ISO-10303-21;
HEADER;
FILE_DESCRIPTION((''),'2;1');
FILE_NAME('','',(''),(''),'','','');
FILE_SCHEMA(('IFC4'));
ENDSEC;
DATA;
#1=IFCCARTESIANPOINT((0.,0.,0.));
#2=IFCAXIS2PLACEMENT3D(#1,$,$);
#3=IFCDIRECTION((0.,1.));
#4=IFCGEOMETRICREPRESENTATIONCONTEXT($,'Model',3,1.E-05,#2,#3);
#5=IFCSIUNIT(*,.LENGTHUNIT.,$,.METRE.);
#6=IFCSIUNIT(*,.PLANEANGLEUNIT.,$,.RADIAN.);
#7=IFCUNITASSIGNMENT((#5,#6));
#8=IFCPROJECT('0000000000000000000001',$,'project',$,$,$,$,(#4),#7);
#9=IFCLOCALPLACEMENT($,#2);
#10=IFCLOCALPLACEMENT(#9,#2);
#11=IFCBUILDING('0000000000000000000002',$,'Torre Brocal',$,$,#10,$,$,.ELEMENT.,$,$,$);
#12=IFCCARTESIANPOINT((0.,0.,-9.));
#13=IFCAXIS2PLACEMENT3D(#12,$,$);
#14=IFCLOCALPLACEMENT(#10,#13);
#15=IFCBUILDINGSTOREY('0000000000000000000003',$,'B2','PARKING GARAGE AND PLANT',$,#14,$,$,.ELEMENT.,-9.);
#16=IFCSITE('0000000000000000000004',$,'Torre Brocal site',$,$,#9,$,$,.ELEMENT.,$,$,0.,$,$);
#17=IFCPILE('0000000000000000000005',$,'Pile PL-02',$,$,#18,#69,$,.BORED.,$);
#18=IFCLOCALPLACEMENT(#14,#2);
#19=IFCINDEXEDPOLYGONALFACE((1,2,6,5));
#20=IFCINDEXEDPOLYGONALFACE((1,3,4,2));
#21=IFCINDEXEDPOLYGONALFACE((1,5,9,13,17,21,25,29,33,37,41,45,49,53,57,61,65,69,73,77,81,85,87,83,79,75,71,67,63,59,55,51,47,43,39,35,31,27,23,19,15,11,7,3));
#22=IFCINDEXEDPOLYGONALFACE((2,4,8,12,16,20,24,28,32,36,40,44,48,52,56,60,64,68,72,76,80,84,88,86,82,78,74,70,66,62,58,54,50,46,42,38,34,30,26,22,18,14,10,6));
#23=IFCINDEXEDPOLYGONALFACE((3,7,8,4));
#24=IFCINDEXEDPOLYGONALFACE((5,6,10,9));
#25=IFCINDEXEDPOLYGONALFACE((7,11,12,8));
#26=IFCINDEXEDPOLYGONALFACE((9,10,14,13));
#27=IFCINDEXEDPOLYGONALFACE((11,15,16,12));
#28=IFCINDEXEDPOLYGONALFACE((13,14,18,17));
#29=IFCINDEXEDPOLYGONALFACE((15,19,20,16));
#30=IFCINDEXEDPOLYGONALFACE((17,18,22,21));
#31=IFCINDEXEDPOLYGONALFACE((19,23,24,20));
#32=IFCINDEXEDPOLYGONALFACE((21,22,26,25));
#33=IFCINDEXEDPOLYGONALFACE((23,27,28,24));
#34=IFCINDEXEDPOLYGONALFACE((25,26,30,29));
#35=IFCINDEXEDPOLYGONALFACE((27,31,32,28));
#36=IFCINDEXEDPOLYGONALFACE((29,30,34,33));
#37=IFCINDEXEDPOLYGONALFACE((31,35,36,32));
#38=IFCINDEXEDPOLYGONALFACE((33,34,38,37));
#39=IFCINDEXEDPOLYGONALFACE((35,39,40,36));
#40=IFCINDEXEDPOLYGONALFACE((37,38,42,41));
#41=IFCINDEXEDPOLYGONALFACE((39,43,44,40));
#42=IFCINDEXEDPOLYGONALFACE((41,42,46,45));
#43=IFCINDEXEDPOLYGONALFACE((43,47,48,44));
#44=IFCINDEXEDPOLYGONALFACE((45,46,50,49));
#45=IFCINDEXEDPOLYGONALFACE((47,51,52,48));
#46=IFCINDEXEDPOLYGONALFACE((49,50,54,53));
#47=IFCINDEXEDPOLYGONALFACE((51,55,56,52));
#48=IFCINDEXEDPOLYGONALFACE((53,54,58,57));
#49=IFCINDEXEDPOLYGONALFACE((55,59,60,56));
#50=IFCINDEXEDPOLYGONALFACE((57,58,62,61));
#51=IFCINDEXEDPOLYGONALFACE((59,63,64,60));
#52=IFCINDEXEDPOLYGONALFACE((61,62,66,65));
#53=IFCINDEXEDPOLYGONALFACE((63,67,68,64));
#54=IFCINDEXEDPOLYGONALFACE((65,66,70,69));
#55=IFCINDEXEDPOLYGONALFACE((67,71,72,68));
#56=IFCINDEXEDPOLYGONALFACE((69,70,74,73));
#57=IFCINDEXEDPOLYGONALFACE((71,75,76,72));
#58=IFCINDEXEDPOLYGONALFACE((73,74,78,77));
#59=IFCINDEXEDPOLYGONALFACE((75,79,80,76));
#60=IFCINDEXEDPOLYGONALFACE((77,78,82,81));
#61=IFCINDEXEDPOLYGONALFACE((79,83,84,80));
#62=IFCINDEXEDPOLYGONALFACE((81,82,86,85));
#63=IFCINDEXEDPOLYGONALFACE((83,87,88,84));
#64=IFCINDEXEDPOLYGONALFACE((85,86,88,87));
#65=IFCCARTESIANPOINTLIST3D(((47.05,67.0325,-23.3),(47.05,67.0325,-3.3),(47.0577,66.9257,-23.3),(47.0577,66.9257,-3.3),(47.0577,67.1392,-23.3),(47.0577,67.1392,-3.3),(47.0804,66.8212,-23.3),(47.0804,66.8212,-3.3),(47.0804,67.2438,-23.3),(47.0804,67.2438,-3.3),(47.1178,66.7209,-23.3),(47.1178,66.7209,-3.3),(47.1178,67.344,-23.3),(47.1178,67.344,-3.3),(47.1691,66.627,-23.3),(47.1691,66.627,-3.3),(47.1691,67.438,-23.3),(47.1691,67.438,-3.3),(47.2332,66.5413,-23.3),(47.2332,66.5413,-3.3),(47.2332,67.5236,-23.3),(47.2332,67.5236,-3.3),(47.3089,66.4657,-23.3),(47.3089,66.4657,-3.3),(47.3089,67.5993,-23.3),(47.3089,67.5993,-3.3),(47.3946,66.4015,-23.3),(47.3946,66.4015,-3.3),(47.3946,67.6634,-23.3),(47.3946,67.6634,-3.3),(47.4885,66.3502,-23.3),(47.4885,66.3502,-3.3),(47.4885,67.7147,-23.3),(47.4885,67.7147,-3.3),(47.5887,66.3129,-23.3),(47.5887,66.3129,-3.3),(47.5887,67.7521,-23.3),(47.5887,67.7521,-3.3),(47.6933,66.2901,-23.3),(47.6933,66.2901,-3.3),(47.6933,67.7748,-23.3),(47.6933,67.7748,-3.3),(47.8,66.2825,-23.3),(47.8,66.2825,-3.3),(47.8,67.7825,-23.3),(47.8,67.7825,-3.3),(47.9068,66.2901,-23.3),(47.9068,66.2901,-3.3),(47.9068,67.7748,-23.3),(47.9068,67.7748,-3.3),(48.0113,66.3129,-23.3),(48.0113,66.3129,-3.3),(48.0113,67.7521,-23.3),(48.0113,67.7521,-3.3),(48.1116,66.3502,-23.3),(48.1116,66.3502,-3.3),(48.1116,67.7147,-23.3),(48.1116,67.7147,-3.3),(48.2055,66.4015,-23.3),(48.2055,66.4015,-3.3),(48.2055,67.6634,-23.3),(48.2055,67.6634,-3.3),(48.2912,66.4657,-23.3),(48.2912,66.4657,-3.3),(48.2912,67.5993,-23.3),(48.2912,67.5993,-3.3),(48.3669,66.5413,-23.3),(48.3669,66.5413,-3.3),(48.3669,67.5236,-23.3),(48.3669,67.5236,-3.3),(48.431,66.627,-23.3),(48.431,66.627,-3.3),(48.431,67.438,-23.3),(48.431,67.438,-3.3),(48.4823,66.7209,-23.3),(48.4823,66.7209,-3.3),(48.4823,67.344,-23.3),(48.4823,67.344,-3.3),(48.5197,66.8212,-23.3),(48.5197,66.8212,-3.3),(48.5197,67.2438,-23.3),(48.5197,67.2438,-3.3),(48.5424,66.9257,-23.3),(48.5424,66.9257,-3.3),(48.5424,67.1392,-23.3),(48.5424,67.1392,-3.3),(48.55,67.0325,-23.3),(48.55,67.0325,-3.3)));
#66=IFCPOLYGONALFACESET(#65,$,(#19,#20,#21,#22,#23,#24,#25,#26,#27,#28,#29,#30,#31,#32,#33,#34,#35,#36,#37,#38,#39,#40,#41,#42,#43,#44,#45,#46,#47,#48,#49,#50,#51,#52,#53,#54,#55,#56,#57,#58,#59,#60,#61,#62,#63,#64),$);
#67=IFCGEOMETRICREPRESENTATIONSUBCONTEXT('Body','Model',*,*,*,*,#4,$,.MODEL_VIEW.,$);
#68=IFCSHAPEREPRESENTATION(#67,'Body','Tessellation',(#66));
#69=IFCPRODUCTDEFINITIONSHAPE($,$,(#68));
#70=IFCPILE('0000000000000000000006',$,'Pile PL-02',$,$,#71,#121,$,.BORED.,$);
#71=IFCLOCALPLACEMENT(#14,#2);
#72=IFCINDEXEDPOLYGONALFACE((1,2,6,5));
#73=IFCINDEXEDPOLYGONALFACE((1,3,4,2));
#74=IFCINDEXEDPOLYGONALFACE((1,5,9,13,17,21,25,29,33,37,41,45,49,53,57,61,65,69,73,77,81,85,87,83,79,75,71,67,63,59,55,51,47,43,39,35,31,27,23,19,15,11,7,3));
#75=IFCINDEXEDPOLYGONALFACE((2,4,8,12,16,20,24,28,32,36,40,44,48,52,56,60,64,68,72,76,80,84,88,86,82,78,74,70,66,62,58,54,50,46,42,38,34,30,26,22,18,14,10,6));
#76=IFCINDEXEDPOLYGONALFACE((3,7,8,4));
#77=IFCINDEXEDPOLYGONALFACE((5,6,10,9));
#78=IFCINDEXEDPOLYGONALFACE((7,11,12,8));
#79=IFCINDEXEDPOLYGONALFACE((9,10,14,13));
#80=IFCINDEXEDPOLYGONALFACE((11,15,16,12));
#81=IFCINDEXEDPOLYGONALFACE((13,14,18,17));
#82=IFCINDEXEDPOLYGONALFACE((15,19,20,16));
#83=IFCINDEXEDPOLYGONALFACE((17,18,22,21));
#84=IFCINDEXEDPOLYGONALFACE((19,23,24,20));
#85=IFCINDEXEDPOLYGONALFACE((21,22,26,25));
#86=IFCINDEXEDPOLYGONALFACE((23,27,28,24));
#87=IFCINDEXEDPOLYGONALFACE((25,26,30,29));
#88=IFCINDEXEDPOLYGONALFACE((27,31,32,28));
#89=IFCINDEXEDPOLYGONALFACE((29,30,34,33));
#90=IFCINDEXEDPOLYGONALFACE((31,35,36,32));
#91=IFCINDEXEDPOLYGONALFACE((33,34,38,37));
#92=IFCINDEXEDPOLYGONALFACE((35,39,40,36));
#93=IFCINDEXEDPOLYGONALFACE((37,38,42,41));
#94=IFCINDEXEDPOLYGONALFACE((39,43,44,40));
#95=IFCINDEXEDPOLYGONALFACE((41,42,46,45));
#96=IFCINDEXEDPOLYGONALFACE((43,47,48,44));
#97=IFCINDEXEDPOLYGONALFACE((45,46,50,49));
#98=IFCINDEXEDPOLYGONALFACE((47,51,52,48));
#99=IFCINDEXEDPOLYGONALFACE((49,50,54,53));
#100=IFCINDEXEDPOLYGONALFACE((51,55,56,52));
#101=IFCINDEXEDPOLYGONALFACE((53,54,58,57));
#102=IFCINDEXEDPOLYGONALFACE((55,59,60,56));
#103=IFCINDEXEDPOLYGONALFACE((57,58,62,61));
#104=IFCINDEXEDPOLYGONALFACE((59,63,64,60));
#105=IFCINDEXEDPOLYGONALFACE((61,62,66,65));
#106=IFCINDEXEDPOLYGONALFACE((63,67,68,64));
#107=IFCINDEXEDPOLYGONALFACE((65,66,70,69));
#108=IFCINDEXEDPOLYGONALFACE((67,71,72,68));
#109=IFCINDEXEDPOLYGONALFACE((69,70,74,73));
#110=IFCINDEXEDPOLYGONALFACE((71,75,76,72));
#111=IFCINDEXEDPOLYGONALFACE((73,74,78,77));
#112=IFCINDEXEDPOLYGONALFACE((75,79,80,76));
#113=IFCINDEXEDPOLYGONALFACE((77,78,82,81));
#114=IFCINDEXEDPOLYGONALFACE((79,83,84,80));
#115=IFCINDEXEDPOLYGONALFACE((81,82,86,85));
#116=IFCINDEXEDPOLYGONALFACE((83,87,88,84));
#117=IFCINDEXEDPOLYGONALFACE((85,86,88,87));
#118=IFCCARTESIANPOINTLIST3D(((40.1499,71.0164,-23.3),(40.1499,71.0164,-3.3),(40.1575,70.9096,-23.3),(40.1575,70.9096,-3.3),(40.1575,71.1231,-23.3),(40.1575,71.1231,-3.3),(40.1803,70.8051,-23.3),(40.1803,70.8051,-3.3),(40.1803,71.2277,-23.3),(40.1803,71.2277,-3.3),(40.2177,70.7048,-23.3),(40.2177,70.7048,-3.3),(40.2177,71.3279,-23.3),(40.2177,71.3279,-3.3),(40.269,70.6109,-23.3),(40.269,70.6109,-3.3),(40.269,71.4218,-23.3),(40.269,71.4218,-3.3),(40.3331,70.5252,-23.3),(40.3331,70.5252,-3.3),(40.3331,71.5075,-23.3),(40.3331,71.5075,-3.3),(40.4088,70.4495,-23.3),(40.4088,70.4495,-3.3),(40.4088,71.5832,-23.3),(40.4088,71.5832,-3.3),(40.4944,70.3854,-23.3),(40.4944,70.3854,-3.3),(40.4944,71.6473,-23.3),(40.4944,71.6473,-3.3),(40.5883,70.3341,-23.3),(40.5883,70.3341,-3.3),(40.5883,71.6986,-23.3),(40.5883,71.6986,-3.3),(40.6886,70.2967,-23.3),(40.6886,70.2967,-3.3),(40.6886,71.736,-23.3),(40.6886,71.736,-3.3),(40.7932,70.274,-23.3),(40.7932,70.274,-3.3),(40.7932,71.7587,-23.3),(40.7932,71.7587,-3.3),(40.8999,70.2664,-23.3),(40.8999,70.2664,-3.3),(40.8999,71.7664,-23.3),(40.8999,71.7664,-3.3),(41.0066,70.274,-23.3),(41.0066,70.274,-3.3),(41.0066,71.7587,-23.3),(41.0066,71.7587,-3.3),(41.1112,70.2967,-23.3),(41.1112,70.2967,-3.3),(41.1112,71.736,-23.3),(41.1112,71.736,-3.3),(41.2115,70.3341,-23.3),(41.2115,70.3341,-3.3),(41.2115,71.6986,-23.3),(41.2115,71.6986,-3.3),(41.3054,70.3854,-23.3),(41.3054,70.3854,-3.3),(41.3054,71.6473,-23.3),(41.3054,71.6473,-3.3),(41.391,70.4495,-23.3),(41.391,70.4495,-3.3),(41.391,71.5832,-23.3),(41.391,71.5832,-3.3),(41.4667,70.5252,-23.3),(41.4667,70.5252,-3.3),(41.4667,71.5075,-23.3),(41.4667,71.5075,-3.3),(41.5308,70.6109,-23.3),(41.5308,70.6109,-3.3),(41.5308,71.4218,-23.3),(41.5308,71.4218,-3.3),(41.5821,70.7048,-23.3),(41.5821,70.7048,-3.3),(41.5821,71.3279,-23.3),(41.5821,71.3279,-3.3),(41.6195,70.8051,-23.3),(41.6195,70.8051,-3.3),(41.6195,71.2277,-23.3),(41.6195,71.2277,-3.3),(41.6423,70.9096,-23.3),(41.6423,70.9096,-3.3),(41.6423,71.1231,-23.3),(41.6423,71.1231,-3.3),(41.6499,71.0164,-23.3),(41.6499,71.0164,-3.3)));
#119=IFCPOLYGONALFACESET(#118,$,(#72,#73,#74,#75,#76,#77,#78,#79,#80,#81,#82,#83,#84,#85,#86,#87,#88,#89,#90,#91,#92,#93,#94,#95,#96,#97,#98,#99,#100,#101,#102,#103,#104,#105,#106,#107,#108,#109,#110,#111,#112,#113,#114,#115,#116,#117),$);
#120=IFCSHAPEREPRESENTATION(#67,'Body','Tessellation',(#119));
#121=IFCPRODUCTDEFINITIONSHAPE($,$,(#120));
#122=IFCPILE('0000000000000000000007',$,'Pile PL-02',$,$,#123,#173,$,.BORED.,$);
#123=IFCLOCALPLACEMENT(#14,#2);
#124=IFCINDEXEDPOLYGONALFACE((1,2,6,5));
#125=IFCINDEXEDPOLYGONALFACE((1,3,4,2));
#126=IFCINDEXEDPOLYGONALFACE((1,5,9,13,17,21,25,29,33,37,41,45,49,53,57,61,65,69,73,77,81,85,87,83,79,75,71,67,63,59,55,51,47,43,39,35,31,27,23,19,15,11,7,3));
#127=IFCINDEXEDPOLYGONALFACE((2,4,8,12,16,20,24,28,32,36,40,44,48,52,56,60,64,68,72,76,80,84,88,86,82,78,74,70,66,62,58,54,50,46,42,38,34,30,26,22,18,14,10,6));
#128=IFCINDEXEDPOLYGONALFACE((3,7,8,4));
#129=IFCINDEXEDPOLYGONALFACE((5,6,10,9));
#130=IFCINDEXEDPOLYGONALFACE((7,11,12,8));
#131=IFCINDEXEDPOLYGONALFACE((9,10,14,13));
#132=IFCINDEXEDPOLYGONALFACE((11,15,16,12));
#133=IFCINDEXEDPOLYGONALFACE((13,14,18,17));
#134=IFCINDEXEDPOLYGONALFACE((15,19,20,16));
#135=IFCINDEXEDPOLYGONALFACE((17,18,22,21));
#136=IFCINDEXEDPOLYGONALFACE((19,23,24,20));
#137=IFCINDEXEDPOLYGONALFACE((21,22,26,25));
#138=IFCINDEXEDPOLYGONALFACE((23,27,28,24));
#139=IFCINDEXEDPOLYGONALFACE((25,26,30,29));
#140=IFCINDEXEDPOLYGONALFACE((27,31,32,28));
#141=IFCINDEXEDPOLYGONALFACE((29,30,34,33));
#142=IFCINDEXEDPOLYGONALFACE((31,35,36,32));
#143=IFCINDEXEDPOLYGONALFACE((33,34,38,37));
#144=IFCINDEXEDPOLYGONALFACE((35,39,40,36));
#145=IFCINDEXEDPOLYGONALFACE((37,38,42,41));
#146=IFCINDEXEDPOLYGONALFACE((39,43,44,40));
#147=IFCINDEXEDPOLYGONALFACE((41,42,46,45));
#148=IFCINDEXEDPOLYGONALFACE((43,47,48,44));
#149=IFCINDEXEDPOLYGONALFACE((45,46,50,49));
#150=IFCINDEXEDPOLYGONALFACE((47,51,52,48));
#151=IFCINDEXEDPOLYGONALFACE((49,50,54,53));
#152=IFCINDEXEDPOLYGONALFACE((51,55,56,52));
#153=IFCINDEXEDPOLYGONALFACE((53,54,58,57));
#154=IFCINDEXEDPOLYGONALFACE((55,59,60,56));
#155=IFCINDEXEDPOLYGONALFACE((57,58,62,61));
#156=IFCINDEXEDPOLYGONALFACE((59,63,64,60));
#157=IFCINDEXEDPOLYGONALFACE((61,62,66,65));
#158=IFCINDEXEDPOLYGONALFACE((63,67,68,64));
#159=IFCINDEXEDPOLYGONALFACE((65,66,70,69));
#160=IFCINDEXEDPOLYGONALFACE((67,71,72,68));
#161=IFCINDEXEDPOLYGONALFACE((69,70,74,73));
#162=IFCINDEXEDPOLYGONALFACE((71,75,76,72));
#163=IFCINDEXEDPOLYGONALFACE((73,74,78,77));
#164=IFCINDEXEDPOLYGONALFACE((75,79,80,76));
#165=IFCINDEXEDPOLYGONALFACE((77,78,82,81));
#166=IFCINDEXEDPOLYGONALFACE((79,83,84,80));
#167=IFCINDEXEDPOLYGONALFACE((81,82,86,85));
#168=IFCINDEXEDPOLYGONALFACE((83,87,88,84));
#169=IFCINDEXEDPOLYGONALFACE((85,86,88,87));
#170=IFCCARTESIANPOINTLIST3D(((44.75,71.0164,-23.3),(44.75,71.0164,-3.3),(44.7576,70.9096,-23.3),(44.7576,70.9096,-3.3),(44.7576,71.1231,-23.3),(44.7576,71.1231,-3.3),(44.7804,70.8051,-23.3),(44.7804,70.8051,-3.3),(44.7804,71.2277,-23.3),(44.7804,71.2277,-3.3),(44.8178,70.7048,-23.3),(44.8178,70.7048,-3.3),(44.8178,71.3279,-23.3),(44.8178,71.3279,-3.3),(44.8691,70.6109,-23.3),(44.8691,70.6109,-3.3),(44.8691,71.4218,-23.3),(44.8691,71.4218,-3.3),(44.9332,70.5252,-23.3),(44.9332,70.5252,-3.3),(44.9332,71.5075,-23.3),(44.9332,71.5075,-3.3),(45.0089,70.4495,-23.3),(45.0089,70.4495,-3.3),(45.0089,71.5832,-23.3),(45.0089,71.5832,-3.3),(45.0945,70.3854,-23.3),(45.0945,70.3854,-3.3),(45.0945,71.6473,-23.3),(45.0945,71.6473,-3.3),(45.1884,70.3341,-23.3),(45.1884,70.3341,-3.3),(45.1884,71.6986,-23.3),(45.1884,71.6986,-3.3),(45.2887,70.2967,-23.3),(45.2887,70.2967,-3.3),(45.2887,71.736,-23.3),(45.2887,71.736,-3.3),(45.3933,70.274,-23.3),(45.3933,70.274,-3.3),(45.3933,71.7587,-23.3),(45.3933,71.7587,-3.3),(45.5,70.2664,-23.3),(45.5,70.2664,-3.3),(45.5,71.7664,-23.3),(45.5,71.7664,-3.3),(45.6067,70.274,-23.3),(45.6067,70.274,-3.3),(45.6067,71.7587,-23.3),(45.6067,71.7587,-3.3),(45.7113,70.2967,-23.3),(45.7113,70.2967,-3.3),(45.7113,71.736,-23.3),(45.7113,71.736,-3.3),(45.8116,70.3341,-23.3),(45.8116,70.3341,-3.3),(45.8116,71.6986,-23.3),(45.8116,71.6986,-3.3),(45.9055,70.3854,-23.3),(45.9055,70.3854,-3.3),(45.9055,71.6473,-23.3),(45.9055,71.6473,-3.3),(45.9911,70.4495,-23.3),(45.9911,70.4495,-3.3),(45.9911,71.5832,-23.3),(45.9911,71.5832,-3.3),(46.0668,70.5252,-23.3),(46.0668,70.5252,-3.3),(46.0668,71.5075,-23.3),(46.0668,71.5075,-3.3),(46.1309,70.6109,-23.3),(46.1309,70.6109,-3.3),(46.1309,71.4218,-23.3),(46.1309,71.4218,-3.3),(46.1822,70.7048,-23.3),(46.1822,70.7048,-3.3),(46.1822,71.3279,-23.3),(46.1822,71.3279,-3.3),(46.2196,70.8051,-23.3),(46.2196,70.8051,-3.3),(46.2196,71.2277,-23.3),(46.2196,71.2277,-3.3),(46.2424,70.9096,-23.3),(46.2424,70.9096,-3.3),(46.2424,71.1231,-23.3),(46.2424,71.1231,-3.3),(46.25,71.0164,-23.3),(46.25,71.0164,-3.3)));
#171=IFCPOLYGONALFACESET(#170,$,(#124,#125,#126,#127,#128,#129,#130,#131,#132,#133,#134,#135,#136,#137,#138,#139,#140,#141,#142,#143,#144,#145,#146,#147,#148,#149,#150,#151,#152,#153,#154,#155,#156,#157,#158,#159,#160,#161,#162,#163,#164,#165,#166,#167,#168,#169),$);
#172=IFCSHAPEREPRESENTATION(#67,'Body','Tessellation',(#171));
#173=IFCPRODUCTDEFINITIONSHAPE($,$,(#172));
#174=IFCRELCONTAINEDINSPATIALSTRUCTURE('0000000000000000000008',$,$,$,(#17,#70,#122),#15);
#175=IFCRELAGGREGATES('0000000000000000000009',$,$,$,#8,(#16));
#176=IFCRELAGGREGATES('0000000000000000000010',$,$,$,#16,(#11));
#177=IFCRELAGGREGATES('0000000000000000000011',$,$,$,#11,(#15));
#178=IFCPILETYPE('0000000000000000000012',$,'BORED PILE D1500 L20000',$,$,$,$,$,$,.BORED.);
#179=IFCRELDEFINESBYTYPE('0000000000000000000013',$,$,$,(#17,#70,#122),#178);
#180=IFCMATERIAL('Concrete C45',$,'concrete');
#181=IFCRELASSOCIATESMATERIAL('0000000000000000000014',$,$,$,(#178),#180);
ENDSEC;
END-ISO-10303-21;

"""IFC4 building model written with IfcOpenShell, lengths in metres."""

from ifc_helpers import new_model, si_unit, direction, frame, origin, origin_2d, place, context, subcontext, project, spatial, circle, extrude, material, material_profile, profile_set, type_object, element, save


model = new_model("IFC4")

# Units and contexts
model_context = context("Model", 3, precision=1e-05, world=origin(), true_north=direction((0.0, 1.0)))
body_context = subcontext(model_context, "Body", "Model", "MODEL_VIEW")
ifc_project = project(units=[si_unit("LENGTHUNIT", "METRE"), si_unit("PLANEANGLEUNIT", "RADIAN")], contexts=[model_context])

# Site, building, storey
site_placement = place(None, origin())
site = spatial("IfcSite", under=ifc_project, at=site_placement, Name="Torre Brocal site", CompositionType="ELEMENT", RefElevation=0.0)
building_placement = place(site_placement, origin())
building = spatial("IfcBuilding", under=site, at=building_placement, Name="Torre Brocal", CompositionType="ELEMENT")
storey_placement = place(building_placement, frame((0.0, 0.0, -9.0)))
storey = spatial("IfcBuildingStorey", under=building, at=storey_placement, Name="B2", Description="PARKING GARAGE AND PLANT", CompositionType="ELEMENT", Elevation=-9.0)

# Piles
ifc_material_1 = material(Name="Concrete C45", Category="concrete")
ifc_material_profile_1 = material_profile(ifc_material_1, circle(Radius=0.75, at=origin_2d()), Name="BORED PILE D1500")
ifc_profile_set_1 = profile_set([ifc_material_profile_1], Name="Concrete C45")
pile_type_1 = type_object("IfcPileType", Name="BORED PILE D1500 L20000", PredefinedType="BORED", material=ifc_profile_set_1)
for number, where, z_axis, x_axis, name in (
    (1, (47.8, 67.0325, -3.3), (0.0, 0.0, -1.0), (1.0, 0.0, 0.0), "Pile PL-02"),
    (2, (40.8999, 71.0164, -3.3), (0.0, 0.0, -1.0), (1.0, 0.0, 0.0), "Pile PL-02"),
    (3, (45.5, 71.0164, -3.3), (0.0, 0.0, -1.0), (1.0, 0.0, 0.0), "Pile PL-02"),
):
    element("IfcPile", number, at=place(storey_placement, frame(where, z_axis=z_axis, x_axis=x_axis)), inside=storey, type_object=pile_type_1, Name=name, PredefinedType="BORED", context=body_context, shape_type="SweptSolid", body=[
        extrude(circle(Radius=0.75, at=origin_2d()), origin(), (0.0, 0.0, 1.0), 20.0),
    ])

save(model, "model.ifc")
